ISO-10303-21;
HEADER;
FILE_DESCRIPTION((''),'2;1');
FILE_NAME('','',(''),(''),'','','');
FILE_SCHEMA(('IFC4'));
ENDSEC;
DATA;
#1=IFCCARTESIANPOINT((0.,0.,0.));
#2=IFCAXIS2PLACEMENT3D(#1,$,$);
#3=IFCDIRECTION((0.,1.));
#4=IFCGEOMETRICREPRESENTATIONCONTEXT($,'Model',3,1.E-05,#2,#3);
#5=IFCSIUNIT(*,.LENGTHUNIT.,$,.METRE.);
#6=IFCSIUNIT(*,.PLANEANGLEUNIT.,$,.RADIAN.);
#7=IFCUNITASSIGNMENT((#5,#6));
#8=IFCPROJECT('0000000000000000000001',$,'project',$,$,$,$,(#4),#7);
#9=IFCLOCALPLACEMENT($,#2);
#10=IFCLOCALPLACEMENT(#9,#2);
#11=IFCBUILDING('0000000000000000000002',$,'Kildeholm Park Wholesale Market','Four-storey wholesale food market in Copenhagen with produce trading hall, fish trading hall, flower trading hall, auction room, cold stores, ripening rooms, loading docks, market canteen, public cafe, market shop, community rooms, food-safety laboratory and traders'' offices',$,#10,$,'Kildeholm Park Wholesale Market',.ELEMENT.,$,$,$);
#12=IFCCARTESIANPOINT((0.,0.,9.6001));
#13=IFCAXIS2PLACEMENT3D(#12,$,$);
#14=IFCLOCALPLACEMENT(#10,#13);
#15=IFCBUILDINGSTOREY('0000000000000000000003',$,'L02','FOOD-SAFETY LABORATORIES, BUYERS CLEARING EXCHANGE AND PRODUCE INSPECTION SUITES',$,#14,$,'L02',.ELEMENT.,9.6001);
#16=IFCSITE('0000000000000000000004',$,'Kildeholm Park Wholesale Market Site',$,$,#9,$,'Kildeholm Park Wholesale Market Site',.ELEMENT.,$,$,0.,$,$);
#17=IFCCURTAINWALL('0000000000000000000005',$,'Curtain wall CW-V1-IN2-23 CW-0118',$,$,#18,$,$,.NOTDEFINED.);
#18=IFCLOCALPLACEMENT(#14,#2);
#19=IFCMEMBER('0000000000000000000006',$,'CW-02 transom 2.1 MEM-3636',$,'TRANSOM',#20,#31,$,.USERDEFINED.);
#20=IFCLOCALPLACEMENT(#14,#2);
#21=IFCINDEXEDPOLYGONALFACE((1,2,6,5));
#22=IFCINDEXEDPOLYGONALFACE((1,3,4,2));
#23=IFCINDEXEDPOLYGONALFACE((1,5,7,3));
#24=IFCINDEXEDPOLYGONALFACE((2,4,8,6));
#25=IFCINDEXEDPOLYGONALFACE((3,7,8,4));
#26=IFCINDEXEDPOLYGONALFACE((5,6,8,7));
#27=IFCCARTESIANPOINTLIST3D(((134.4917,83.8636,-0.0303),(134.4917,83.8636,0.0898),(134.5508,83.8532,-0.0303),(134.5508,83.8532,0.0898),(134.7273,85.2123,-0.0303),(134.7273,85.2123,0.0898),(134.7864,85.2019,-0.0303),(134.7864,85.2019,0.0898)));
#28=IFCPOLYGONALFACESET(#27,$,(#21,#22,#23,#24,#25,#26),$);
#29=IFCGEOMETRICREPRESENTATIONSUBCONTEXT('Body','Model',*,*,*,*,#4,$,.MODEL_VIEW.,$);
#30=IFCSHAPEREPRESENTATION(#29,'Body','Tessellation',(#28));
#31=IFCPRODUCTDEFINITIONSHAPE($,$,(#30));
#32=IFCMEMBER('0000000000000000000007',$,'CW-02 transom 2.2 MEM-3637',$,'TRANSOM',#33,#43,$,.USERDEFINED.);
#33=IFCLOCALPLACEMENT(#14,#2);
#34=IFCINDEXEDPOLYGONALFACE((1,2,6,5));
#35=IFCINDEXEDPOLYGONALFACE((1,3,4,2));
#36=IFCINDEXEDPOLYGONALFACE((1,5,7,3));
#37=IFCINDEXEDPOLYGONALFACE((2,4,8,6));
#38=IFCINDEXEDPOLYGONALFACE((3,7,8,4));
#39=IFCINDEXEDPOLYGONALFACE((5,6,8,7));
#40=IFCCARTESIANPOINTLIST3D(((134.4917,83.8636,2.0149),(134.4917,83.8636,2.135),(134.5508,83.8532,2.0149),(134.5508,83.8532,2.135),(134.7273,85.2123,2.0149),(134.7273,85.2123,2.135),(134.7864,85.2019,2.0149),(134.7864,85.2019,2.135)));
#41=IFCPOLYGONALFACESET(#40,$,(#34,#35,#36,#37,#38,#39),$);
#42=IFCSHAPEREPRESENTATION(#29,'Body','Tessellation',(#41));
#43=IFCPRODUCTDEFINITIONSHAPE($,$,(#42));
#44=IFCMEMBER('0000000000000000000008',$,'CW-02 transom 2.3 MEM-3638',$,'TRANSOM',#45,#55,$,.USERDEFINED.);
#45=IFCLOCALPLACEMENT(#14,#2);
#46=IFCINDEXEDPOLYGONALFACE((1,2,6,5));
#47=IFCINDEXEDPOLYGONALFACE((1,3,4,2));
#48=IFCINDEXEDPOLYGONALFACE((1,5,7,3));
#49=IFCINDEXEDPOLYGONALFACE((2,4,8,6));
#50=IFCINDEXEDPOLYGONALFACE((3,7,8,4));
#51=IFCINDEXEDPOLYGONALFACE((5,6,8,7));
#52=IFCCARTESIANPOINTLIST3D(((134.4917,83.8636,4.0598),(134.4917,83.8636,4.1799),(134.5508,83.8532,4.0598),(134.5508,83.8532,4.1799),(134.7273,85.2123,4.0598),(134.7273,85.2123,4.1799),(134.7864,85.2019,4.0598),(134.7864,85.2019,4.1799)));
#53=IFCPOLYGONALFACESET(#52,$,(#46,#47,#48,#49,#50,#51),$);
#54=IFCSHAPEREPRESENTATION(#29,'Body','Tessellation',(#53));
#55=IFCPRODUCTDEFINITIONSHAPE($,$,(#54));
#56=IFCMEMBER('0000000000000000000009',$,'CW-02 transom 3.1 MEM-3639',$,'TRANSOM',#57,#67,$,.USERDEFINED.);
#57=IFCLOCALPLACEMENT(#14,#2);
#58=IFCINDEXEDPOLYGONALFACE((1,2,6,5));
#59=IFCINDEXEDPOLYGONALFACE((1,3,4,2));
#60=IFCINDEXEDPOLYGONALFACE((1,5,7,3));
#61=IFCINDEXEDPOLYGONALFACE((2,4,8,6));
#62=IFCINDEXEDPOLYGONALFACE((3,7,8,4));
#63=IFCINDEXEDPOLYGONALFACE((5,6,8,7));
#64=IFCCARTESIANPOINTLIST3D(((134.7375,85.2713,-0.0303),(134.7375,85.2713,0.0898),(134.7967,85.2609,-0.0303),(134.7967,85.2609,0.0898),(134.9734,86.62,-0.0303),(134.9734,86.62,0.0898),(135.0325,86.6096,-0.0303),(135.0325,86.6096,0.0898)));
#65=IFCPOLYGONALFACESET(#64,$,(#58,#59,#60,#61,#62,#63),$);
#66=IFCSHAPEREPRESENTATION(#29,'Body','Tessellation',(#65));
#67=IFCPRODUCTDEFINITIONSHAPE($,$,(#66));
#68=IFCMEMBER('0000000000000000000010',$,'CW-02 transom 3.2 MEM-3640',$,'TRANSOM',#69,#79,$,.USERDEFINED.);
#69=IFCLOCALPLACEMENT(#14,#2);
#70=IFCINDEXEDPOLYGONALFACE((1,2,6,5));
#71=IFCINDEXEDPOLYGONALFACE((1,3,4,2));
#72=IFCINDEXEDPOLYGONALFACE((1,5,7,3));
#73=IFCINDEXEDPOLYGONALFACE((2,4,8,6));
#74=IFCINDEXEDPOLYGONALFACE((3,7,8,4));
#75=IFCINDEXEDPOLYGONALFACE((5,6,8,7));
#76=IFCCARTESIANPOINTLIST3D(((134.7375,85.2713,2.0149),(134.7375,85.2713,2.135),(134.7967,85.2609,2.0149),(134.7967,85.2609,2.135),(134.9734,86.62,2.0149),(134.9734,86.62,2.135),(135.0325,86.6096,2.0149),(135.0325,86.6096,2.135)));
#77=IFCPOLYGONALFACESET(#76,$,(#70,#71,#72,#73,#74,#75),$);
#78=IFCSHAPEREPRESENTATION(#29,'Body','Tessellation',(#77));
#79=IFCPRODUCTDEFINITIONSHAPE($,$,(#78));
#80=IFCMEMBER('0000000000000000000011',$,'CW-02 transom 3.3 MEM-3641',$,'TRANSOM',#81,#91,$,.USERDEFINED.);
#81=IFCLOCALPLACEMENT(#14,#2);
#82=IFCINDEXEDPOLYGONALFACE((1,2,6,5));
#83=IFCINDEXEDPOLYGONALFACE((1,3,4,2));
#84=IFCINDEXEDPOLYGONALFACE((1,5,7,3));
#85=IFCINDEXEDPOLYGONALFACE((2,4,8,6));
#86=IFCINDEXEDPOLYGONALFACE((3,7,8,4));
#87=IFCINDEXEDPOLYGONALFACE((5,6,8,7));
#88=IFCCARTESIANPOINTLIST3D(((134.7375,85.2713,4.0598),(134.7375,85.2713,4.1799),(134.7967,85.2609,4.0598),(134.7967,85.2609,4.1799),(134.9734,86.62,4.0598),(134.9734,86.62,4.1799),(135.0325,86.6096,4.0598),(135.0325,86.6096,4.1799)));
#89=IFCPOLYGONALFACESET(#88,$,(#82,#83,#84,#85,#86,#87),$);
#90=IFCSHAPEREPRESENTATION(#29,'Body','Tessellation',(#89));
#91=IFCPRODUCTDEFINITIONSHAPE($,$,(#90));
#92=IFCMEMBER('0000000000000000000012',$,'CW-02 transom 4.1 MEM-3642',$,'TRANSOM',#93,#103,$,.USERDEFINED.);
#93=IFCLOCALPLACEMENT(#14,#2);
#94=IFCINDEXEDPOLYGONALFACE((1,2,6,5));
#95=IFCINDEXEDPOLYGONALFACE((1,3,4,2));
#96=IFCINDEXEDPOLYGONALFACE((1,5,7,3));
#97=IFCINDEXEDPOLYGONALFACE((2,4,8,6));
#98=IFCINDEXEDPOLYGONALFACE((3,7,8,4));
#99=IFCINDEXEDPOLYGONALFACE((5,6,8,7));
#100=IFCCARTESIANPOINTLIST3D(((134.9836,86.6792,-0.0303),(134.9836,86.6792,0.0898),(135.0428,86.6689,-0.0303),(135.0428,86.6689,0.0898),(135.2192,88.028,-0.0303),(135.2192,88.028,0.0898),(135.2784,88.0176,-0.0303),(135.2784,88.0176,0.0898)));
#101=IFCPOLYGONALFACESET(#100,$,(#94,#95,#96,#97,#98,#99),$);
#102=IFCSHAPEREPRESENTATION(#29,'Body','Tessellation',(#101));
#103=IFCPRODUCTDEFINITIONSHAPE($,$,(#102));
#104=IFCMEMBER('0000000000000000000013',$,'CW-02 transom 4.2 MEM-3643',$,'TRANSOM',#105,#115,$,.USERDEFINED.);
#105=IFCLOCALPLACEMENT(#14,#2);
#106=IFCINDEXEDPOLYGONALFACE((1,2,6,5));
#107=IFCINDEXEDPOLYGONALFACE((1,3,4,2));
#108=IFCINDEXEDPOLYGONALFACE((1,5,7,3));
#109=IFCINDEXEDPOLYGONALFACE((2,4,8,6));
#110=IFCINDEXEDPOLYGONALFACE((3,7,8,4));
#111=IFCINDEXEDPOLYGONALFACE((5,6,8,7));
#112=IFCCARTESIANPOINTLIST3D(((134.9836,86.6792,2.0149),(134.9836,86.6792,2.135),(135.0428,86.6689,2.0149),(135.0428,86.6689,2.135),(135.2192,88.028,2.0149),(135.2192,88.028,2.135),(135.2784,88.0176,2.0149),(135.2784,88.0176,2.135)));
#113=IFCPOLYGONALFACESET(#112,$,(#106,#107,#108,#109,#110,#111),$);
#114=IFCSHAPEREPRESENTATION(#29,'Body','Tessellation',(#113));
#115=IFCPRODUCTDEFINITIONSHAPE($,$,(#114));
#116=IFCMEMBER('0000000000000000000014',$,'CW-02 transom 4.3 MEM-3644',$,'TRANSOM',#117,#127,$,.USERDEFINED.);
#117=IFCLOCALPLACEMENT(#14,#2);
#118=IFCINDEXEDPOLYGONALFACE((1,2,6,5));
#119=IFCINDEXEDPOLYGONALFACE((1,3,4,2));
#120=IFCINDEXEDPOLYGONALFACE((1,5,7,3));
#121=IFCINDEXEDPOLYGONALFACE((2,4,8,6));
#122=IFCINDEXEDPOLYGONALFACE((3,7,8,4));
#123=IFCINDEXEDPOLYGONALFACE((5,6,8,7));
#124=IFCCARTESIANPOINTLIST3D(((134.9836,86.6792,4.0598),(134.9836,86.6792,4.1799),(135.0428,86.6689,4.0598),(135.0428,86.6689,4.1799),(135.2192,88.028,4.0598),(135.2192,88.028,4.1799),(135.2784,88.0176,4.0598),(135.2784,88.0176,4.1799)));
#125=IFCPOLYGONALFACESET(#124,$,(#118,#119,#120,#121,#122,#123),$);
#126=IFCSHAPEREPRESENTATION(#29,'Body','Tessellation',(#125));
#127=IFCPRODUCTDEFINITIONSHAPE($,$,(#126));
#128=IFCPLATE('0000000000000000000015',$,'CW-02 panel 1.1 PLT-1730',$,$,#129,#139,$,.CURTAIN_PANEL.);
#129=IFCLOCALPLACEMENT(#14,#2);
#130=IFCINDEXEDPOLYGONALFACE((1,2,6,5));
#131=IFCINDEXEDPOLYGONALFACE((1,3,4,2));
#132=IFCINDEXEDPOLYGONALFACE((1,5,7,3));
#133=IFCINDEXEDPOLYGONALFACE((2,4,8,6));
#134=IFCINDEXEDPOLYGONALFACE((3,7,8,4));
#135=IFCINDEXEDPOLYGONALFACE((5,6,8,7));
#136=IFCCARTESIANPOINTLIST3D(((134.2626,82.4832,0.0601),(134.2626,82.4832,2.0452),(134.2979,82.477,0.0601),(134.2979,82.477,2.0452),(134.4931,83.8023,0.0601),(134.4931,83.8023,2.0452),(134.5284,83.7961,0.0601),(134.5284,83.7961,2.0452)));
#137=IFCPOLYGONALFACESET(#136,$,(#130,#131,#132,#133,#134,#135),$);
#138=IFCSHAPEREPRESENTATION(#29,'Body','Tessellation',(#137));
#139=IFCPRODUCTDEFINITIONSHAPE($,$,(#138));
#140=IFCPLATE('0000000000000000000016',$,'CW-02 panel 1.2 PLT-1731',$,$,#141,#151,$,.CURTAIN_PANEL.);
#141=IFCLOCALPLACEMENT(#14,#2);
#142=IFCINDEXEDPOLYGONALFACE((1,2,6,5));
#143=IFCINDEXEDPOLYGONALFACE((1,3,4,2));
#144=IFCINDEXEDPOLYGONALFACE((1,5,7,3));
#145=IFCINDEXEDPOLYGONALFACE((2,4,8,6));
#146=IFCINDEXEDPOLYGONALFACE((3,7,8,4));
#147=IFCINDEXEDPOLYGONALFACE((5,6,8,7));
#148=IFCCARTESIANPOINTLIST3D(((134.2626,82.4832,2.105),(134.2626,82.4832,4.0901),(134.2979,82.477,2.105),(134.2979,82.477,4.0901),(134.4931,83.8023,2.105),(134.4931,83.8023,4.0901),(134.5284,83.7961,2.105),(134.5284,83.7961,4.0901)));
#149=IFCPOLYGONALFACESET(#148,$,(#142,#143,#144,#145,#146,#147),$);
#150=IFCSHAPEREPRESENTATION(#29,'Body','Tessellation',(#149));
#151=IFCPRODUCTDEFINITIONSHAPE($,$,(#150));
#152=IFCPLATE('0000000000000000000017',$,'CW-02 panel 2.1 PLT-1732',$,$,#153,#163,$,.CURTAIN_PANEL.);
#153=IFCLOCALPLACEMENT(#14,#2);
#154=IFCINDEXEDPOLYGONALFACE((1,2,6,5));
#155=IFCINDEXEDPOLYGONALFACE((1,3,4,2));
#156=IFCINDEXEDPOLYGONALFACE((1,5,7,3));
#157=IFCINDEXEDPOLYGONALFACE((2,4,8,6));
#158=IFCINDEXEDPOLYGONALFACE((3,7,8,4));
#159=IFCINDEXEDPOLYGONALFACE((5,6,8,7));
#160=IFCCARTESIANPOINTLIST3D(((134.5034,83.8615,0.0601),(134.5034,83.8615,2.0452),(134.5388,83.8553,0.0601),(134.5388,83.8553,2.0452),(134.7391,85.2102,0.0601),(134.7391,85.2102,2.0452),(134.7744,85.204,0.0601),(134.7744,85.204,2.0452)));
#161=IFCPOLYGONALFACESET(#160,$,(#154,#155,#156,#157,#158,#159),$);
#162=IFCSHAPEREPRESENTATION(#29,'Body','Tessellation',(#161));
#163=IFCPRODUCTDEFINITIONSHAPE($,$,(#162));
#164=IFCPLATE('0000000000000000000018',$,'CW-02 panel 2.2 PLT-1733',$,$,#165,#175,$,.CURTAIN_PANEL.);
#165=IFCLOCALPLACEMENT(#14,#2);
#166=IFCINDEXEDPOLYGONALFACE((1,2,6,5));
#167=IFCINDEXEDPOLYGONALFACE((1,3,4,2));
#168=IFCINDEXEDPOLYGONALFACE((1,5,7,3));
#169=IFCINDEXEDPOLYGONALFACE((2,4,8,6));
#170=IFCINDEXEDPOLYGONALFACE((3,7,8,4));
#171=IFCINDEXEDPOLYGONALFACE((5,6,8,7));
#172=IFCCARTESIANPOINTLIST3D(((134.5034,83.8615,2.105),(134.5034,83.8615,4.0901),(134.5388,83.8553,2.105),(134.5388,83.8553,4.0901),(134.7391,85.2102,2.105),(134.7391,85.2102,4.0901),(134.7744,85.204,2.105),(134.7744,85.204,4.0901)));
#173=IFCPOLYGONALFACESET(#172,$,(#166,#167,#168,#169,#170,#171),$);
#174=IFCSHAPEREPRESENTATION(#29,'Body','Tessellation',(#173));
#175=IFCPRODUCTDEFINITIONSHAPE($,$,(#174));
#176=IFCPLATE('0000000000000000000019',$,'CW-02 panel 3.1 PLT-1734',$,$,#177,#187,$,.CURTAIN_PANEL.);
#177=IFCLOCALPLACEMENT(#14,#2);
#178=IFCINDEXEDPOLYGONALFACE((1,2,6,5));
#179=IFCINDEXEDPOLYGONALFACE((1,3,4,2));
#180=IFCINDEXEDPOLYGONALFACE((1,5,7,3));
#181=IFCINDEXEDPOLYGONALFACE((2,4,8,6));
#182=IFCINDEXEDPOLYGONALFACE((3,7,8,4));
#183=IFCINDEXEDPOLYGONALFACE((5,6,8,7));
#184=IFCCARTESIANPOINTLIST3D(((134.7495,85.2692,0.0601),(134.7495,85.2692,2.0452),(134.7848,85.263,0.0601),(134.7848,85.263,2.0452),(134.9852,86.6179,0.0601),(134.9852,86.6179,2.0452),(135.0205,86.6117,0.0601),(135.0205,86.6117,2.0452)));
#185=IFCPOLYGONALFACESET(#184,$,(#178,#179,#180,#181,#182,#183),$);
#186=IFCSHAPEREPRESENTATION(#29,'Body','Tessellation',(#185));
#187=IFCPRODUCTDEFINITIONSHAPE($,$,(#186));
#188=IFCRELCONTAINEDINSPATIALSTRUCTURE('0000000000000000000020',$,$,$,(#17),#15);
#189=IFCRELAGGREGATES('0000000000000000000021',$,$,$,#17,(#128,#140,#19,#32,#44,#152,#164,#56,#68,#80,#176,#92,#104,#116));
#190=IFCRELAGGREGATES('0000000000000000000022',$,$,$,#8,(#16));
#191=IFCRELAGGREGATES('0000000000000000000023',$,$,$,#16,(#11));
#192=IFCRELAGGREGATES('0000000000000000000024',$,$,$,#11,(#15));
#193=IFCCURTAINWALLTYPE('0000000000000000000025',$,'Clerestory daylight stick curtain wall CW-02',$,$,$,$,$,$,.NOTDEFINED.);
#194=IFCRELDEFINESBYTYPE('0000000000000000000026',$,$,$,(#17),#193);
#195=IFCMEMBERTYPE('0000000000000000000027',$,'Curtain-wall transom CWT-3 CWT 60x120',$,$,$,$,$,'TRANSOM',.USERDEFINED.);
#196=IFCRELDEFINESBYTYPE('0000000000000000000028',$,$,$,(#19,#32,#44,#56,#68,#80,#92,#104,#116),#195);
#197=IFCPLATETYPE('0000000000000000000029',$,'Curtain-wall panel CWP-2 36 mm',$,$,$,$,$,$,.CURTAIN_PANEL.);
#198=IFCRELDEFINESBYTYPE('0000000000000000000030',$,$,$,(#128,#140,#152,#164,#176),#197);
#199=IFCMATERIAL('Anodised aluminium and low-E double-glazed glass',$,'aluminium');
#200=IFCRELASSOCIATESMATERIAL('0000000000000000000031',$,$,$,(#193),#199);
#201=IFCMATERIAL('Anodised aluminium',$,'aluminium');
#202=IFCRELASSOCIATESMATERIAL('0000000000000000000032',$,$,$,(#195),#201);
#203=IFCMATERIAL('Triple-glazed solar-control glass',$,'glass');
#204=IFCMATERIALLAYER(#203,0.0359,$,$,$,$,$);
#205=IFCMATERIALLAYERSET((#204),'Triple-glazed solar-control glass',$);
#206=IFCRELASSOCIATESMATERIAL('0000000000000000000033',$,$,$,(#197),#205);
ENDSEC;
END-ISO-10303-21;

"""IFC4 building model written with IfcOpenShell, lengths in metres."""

from ifc_helpers import new_model, si_unit, direction, frame, origin, origin_2d, place, context, subcontext, project, spatial, rectangle, extrude, material, layer, layer_set, material_profile, profile_set, type_object, element, aggregate, save


model = new_model("IFC4")

# Units and contexts
model_context = context("Model", 3, precision=1e-05, world=origin(), true_north=direction((0.0, 1.0)))
body_context = subcontext(model_context, "Body", "Model", "MODEL_VIEW")
ifc_project = project(units=[si_unit("LENGTHUNIT", "METRE"), si_unit("PLANEANGLEUNIT", "RADIAN")], contexts=[model_context])

# Site, building, storey
site_placement = place(None, origin())
site = spatial("IfcSite", under=ifc_project, at=site_placement, Name="Kildeholm Park Wholesale Market Site", LongName="Kildeholm Park Wholesale Market Site", CompositionType="ELEMENT", RefElevation=0.0)
building_placement = place(site_placement, origin())
building = spatial("IfcBuilding", under=site, at=building_placement, Name="Kildeholm Park Wholesale Market", Description="Four-storey wholesale food market in Copenhagen with produce trading hall, fish trading hall, flower trading hall, auction room, cold stores, ripening rooms, loading docks, market canteen, public cafe, market shop, community rooms, food-safety laboratory and traders' offices", LongName="Kildeholm Park Wholesale Market", CompositionType="ELEMENT")
storey_placement = place(building_placement, frame((0.0, 0.0, 9.6001)))
storey = spatial("IfcBuildingStorey", under=building, at=storey_placement, Name="L02", Description="FOOD-SAFETY LABORATORIES, BUYERS CLEARING EXCHANGE AND PRODUCE INSPECTION SUITES", LongName="L02", CompositionType="ELEMENT", Elevation=9.6001)

# Curtain wall, members, plates
ifc_material_1 = material(Name="Anodised aluminium and low-E double-glazed glass", Category="aluminium")
curtain_wall_type = type_object("IfcCurtainWallType", Name="Clerestory daylight stick curtain wall CW-02", PredefinedType="NOTDEFINED", material=ifc_material_1)
curtain_wall_placement = place(storey_placement, origin())
curtain_wall = element("IfcCurtainWall", 1, at=curtain_wall_placement, inside=storey, type_object=curtain_wall_type, Name="Curtain wall CW-V1-IN2-23 CW-0118", PredefinedType="NOTDEFINED")
ifc_material_2 = material(Name="Anodised aluminium", Category="aluminium")
ifc_material_profile_1 = material_profile(ifc_material_2, rectangle(XDim=0.0601, YDim=0.1201, at=origin_2d()), Name="CWT 60x120")
ifc_profile_set_1 = profile_set([ifc_material_profile_1], Name="Anodised aluminium")
member_type_1 = type_object("IfcMemberType", Name="Curtain-wall transom CWT-3 CWT 60x120", ElementType="TRANSOM", PredefinedType="USERDEFINED", material=ifc_profile_set_1)
member_1_placement = place(storey_placement, frame((134.5212, 83.8584, 0.0298), z_axis=(0.172086, 0.985082, 0.0), x_axis=(-0.985082, 0.172086, 0.0)))
member_1 = element("IfcMember", 2, at=member_1_placement, type_object=member_type_1, Name="CW-02 transom 2.1 MEM-3636", ObjectType="TRANSOM", PredefinedType="USERDEFINED", context=body_context, shape_type="SweptSolid", body=[
    extrude(rectangle(XDim=0.0601, YDim=0.1201, at=origin_2d()), origin(), (0.0, 0.0, 1.0), 1.3691),
])
member_2_placement = place(storey_placement, frame((134.5212, 83.8584, 2.075), z_axis=(0.172086, 0.985082, 0.0), x_axis=(-0.985082, 0.172086, 0.0)))
member_2 = element("IfcMember", 3, at=member_2_placement, type_object=member_type_1, Name="CW-02 transom 2.2 MEM-3637", ObjectType="TRANSOM", PredefinedType="USERDEFINED", context=body_context, shape_type="SweptSolid", body=[
    extrude(rectangle(XDim=0.0601, YDim=0.1201, at=origin_2d()), origin(), (0.0, 0.0, 1.0), 1.3691),
])
member_3_placement = place(storey_placement, frame((134.5212, 83.8584, 4.1199), z_axis=(0.172086, 0.985082, 0.0), x_axis=(-0.985082, 0.172086, 0.0)))
member_3 = element("IfcMember", 4, at=member_3_placement, type_object=member_type_1, Name="CW-02 transom 2.3 MEM-3638", ObjectType="TRANSOM", PredefinedType="USERDEFINED", context=body_context, shape_type="SweptSolid", body=[
    extrude(rectangle(XDim=0.0601, YDim=0.1201, at=origin_2d()), origin(), (0.0, 0.0, 1.0), 1.3691),
])
member_4_placement = place(storey_placement, frame((134.7671, 85.2661, 0.0298), z_axis=(0.172259, 0.985052, 0.0), x_axis=(-0.985052, 0.172259, 0.0)))
member_4 = element("IfcMember", 5, at=member_4_placement, type_object=member_type_1, Name="CW-02 transom 3.1 MEM-3639", ObjectType="TRANSOM", PredefinedType="USERDEFINED", context=body_context, shape_type="SweptSolid", body=[
    extrude(rectangle(XDim=0.0601, YDim=0.1201, at=origin_2d()), origin(), (0.0, 0.0, 1.0), 1.3691),
])
member_5_placement = place(storey_placement, frame((134.7671, 85.2661, 2.075), z_axis=(0.172259, 0.985052, 0.0), x_axis=(-0.985052, 0.172259, 0.0)))
member_5 = element("IfcMember", 6, at=member_5_placement, type_object=member_type_1, Name="CW-02 transom 3.2 MEM-3640", ObjectType="TRANSOM", PredefinedType="USERDEFINED", context=body_context, shape_type="SweptSolid", body=[
    extrude(rectangle(XDim=0.0601, YDim=0.1201, at=origin_2d()), origin(), (0.0, 0.0, 1.0), 1.3691),
])
member_6_placement = place(storey_placement, frame((134.7671, 85.2661, 4.1199), z_axis=(0.172259, 0.985052, 0.0), x_axis=(-0.985052, 0.172259, 0.0)))
member_6 = element("IfcMember", 7, at=member_6_placement, type_object=member_type_1, Name="CW-02 transom 3.3 MEM-3641", ObjectType="TRANSOM", PredefinedType="USERDEFINED", context=body_context, shape_type="SweptSolid", body=[
    extrude(rectangle(XDim=0.0601, YDim=0.1201, at=origin_2d()), origin(), (0.0, 0.0, 1.0), 1.3691),
])
member_7_placement = place(storey_placement, frame((135.0132, 86.6741, 0.0298), z_axis=(0.172086, 0.985082, 0.0), x_axis=(-0.985082, 0.172086, 0.0)))
member_7 = element("IfcMember", 8, at=member_7_placement, type_object=member_type_1, Name="CW-02 transom 4.1 MEM-3642", ObjectType="TRANSOM", PredefinedType="USERDEFINED", context=body_context, shape_type="SweptSolid", body=[
    extrude(rectangle(XDim=0.0601, YDim=0.1201, at=origin_2d()), origin(), (0.0, 0.0, 1.0), 1.3691),
])
member_8_placement = place(storey_placement, frame((135.0132, 86.6741, 2.075), z_axis=(0.172086, 0.985082, 0.0), x_axis=(-0.985082, 0.172086, 0.0)))
member_8 = element("IfcMember", 9, at=member_8_placement, type_object=member_type_1, Name="CW-02 transom 4.2 MEM-3643", ObjectType="TRANSOM", PredefinedType="USERDEFINED", context=body_context, shape_type="SweptSolid", body=[
    extrude(rectangle(XDim=0.0601, YDim=0.1201, at=origin_2d()), origin(), (0.0, 0.0, 1.0), 1.3691),
])
member_9_placement = place(storey_placement, frame((135.0132, 86.6741, 4.1199), z_axis=(0.172086, 0.985082, 0.0), x_axis=(-0.985082, 0.172086, 0.0)))
member_9 = element("IfcMember", 10, at=member_9_placement, type_object=member_type_1, Name="CW-02 transom 4.3 MEM-3644", ObjectType="TRANSOM", PredefinedType="USERDEFINED", context=body_context, shape_type="SweptSolid", body=[
    extrude(rectangle(XDim=0.0601, YDim=0.1201, at=origin_2d()), origin(), (0.0, 0.0, 1.0), 1.3691),
])
ifc_material_3 = material(Name="Triple-glazed solar-control glass", Category="glass")
ifc_layer_1 = layer(ifc_material_3, 0.0359)
ifc_layer_set_1 = layer_set([ifc_layer_1], Name="Triple-glazed solar-control glass")
plate_type_1 = type_object("IfcPlateType", Name="Curtain-wall panel CWP-2 36 mm", PredefinedType="CURTAIN_PANEL", material=ifc_layer_set_1)
plate_1_placement = place(storey_placement, frame((134.3955, 83.1396, 0.0601), z_axis=(0.0, 0.0, 1.0), x_axis=(0.172133, 0.985074, 0.0)))
plate_1 = element("IfcPlate", 11, at=plate_1_placement, type_object=plate_type_1, Name="CW-02 panel 1.1 PLT-1730", PredefinedType="CURTAIN_PANEL", context=body_context, shape_type="SweptSolid", body=[
    extrude(rectangle(XDim=1.3391, YDim=0.0359, at=origin_2d()), origin(), (0.0, 0.0, 1.0), 1.9851),
])
plate_2_placement = place(storey_placement, frame((134.3955, 83.1396, 2.105), z_axis=(0.0, 0.0, 1.0), x_axis=(0.172133, 0.985074, 0.0)))
plate_2 = element("IfcPlate", 12, at=plate_2_placement, type_object=plate_type_1, Name="CW-02 panel 1.2 PLT-1731", PredefinedType="CURTAIN_PANEL", context=body_context, shape_type="SweptSolid", body=[
    extrude(rectangle(XDim=1.3391, YDim=0.0359, at=origin_2d()), origin(), (0.0, 0.0, 1.0), 1.9851),
])
plate_3_placement = place(storey_placement, frame((134.6389, 84.5327, 0.0601), z_axis=(0.0, 0.0, 1.0), x_axis=(0.172133, 0.985074, 0.0)))
plate_3 = element("IfcPlate", 13, at=plate_3_placement, type_object=plate_type_1, Name="CW-02 panel 2.1 PLT-1732", PredefinedType="CURTAIN_PANEL", context=body_context, shape_type="SweptSolid", body=[
    extrude(rectangle(XDim=1.3691, YDim=0.0359, at=origin_2d()), origin(), (0.0, 0.0, 1.0), 1.9851),
])
plate_4_placement = place(storey_placement, frame((134.6389, 84.5327, 2.105), z_axis=(0.0, 0.0, 1.0), x_axis=(0.172133, 0.985074, 0.0)))
plate_4 = element("IfcPlate", 14, at=plate_4_placement, type_object=plate_type_1, Name="CW-02 panel 2.2 PLT-1733", PredefinedType="CURTAIN_PANEL", context=body_context, shape_type="SweptSolid", body=[
    extrude(rectangle(XDim=1.3691, YDim=0.0359, at=origin_2d()), origin(), (0.0, 0.0, 1.0), 1.9851),
])
plate_5_placement = place(storey_placement, frame((134.885, 85.9404, 0.0601), z_axis=(0.0, 0.0, 1.0), x_axis=(0.172133, 0.985074, 0.0)))
plate_5 = element("IfcPlate", 15, at=plate_5_placement, type_object=plate_type_1, Name="CW-02 panel 3.1 PLT-1734", PredefinedType="CURTAIN_PANEL", context=body_context, shape_type="SweptSolid", body=[
    extrude(rectangle(XDim=1.3691, YDim=0.0359, at=origin_2d()), origin(), (0.0, 0.0, 1.0), 1.9851),
])
aggregate(curtain_wall, [plate_1, plate_2, member_1, member_2, member_3, plate_3, plate_4, member_4, member_5, member_6, plate_5, member_7, member_8, member_9])

save(model, "model.ifc")
